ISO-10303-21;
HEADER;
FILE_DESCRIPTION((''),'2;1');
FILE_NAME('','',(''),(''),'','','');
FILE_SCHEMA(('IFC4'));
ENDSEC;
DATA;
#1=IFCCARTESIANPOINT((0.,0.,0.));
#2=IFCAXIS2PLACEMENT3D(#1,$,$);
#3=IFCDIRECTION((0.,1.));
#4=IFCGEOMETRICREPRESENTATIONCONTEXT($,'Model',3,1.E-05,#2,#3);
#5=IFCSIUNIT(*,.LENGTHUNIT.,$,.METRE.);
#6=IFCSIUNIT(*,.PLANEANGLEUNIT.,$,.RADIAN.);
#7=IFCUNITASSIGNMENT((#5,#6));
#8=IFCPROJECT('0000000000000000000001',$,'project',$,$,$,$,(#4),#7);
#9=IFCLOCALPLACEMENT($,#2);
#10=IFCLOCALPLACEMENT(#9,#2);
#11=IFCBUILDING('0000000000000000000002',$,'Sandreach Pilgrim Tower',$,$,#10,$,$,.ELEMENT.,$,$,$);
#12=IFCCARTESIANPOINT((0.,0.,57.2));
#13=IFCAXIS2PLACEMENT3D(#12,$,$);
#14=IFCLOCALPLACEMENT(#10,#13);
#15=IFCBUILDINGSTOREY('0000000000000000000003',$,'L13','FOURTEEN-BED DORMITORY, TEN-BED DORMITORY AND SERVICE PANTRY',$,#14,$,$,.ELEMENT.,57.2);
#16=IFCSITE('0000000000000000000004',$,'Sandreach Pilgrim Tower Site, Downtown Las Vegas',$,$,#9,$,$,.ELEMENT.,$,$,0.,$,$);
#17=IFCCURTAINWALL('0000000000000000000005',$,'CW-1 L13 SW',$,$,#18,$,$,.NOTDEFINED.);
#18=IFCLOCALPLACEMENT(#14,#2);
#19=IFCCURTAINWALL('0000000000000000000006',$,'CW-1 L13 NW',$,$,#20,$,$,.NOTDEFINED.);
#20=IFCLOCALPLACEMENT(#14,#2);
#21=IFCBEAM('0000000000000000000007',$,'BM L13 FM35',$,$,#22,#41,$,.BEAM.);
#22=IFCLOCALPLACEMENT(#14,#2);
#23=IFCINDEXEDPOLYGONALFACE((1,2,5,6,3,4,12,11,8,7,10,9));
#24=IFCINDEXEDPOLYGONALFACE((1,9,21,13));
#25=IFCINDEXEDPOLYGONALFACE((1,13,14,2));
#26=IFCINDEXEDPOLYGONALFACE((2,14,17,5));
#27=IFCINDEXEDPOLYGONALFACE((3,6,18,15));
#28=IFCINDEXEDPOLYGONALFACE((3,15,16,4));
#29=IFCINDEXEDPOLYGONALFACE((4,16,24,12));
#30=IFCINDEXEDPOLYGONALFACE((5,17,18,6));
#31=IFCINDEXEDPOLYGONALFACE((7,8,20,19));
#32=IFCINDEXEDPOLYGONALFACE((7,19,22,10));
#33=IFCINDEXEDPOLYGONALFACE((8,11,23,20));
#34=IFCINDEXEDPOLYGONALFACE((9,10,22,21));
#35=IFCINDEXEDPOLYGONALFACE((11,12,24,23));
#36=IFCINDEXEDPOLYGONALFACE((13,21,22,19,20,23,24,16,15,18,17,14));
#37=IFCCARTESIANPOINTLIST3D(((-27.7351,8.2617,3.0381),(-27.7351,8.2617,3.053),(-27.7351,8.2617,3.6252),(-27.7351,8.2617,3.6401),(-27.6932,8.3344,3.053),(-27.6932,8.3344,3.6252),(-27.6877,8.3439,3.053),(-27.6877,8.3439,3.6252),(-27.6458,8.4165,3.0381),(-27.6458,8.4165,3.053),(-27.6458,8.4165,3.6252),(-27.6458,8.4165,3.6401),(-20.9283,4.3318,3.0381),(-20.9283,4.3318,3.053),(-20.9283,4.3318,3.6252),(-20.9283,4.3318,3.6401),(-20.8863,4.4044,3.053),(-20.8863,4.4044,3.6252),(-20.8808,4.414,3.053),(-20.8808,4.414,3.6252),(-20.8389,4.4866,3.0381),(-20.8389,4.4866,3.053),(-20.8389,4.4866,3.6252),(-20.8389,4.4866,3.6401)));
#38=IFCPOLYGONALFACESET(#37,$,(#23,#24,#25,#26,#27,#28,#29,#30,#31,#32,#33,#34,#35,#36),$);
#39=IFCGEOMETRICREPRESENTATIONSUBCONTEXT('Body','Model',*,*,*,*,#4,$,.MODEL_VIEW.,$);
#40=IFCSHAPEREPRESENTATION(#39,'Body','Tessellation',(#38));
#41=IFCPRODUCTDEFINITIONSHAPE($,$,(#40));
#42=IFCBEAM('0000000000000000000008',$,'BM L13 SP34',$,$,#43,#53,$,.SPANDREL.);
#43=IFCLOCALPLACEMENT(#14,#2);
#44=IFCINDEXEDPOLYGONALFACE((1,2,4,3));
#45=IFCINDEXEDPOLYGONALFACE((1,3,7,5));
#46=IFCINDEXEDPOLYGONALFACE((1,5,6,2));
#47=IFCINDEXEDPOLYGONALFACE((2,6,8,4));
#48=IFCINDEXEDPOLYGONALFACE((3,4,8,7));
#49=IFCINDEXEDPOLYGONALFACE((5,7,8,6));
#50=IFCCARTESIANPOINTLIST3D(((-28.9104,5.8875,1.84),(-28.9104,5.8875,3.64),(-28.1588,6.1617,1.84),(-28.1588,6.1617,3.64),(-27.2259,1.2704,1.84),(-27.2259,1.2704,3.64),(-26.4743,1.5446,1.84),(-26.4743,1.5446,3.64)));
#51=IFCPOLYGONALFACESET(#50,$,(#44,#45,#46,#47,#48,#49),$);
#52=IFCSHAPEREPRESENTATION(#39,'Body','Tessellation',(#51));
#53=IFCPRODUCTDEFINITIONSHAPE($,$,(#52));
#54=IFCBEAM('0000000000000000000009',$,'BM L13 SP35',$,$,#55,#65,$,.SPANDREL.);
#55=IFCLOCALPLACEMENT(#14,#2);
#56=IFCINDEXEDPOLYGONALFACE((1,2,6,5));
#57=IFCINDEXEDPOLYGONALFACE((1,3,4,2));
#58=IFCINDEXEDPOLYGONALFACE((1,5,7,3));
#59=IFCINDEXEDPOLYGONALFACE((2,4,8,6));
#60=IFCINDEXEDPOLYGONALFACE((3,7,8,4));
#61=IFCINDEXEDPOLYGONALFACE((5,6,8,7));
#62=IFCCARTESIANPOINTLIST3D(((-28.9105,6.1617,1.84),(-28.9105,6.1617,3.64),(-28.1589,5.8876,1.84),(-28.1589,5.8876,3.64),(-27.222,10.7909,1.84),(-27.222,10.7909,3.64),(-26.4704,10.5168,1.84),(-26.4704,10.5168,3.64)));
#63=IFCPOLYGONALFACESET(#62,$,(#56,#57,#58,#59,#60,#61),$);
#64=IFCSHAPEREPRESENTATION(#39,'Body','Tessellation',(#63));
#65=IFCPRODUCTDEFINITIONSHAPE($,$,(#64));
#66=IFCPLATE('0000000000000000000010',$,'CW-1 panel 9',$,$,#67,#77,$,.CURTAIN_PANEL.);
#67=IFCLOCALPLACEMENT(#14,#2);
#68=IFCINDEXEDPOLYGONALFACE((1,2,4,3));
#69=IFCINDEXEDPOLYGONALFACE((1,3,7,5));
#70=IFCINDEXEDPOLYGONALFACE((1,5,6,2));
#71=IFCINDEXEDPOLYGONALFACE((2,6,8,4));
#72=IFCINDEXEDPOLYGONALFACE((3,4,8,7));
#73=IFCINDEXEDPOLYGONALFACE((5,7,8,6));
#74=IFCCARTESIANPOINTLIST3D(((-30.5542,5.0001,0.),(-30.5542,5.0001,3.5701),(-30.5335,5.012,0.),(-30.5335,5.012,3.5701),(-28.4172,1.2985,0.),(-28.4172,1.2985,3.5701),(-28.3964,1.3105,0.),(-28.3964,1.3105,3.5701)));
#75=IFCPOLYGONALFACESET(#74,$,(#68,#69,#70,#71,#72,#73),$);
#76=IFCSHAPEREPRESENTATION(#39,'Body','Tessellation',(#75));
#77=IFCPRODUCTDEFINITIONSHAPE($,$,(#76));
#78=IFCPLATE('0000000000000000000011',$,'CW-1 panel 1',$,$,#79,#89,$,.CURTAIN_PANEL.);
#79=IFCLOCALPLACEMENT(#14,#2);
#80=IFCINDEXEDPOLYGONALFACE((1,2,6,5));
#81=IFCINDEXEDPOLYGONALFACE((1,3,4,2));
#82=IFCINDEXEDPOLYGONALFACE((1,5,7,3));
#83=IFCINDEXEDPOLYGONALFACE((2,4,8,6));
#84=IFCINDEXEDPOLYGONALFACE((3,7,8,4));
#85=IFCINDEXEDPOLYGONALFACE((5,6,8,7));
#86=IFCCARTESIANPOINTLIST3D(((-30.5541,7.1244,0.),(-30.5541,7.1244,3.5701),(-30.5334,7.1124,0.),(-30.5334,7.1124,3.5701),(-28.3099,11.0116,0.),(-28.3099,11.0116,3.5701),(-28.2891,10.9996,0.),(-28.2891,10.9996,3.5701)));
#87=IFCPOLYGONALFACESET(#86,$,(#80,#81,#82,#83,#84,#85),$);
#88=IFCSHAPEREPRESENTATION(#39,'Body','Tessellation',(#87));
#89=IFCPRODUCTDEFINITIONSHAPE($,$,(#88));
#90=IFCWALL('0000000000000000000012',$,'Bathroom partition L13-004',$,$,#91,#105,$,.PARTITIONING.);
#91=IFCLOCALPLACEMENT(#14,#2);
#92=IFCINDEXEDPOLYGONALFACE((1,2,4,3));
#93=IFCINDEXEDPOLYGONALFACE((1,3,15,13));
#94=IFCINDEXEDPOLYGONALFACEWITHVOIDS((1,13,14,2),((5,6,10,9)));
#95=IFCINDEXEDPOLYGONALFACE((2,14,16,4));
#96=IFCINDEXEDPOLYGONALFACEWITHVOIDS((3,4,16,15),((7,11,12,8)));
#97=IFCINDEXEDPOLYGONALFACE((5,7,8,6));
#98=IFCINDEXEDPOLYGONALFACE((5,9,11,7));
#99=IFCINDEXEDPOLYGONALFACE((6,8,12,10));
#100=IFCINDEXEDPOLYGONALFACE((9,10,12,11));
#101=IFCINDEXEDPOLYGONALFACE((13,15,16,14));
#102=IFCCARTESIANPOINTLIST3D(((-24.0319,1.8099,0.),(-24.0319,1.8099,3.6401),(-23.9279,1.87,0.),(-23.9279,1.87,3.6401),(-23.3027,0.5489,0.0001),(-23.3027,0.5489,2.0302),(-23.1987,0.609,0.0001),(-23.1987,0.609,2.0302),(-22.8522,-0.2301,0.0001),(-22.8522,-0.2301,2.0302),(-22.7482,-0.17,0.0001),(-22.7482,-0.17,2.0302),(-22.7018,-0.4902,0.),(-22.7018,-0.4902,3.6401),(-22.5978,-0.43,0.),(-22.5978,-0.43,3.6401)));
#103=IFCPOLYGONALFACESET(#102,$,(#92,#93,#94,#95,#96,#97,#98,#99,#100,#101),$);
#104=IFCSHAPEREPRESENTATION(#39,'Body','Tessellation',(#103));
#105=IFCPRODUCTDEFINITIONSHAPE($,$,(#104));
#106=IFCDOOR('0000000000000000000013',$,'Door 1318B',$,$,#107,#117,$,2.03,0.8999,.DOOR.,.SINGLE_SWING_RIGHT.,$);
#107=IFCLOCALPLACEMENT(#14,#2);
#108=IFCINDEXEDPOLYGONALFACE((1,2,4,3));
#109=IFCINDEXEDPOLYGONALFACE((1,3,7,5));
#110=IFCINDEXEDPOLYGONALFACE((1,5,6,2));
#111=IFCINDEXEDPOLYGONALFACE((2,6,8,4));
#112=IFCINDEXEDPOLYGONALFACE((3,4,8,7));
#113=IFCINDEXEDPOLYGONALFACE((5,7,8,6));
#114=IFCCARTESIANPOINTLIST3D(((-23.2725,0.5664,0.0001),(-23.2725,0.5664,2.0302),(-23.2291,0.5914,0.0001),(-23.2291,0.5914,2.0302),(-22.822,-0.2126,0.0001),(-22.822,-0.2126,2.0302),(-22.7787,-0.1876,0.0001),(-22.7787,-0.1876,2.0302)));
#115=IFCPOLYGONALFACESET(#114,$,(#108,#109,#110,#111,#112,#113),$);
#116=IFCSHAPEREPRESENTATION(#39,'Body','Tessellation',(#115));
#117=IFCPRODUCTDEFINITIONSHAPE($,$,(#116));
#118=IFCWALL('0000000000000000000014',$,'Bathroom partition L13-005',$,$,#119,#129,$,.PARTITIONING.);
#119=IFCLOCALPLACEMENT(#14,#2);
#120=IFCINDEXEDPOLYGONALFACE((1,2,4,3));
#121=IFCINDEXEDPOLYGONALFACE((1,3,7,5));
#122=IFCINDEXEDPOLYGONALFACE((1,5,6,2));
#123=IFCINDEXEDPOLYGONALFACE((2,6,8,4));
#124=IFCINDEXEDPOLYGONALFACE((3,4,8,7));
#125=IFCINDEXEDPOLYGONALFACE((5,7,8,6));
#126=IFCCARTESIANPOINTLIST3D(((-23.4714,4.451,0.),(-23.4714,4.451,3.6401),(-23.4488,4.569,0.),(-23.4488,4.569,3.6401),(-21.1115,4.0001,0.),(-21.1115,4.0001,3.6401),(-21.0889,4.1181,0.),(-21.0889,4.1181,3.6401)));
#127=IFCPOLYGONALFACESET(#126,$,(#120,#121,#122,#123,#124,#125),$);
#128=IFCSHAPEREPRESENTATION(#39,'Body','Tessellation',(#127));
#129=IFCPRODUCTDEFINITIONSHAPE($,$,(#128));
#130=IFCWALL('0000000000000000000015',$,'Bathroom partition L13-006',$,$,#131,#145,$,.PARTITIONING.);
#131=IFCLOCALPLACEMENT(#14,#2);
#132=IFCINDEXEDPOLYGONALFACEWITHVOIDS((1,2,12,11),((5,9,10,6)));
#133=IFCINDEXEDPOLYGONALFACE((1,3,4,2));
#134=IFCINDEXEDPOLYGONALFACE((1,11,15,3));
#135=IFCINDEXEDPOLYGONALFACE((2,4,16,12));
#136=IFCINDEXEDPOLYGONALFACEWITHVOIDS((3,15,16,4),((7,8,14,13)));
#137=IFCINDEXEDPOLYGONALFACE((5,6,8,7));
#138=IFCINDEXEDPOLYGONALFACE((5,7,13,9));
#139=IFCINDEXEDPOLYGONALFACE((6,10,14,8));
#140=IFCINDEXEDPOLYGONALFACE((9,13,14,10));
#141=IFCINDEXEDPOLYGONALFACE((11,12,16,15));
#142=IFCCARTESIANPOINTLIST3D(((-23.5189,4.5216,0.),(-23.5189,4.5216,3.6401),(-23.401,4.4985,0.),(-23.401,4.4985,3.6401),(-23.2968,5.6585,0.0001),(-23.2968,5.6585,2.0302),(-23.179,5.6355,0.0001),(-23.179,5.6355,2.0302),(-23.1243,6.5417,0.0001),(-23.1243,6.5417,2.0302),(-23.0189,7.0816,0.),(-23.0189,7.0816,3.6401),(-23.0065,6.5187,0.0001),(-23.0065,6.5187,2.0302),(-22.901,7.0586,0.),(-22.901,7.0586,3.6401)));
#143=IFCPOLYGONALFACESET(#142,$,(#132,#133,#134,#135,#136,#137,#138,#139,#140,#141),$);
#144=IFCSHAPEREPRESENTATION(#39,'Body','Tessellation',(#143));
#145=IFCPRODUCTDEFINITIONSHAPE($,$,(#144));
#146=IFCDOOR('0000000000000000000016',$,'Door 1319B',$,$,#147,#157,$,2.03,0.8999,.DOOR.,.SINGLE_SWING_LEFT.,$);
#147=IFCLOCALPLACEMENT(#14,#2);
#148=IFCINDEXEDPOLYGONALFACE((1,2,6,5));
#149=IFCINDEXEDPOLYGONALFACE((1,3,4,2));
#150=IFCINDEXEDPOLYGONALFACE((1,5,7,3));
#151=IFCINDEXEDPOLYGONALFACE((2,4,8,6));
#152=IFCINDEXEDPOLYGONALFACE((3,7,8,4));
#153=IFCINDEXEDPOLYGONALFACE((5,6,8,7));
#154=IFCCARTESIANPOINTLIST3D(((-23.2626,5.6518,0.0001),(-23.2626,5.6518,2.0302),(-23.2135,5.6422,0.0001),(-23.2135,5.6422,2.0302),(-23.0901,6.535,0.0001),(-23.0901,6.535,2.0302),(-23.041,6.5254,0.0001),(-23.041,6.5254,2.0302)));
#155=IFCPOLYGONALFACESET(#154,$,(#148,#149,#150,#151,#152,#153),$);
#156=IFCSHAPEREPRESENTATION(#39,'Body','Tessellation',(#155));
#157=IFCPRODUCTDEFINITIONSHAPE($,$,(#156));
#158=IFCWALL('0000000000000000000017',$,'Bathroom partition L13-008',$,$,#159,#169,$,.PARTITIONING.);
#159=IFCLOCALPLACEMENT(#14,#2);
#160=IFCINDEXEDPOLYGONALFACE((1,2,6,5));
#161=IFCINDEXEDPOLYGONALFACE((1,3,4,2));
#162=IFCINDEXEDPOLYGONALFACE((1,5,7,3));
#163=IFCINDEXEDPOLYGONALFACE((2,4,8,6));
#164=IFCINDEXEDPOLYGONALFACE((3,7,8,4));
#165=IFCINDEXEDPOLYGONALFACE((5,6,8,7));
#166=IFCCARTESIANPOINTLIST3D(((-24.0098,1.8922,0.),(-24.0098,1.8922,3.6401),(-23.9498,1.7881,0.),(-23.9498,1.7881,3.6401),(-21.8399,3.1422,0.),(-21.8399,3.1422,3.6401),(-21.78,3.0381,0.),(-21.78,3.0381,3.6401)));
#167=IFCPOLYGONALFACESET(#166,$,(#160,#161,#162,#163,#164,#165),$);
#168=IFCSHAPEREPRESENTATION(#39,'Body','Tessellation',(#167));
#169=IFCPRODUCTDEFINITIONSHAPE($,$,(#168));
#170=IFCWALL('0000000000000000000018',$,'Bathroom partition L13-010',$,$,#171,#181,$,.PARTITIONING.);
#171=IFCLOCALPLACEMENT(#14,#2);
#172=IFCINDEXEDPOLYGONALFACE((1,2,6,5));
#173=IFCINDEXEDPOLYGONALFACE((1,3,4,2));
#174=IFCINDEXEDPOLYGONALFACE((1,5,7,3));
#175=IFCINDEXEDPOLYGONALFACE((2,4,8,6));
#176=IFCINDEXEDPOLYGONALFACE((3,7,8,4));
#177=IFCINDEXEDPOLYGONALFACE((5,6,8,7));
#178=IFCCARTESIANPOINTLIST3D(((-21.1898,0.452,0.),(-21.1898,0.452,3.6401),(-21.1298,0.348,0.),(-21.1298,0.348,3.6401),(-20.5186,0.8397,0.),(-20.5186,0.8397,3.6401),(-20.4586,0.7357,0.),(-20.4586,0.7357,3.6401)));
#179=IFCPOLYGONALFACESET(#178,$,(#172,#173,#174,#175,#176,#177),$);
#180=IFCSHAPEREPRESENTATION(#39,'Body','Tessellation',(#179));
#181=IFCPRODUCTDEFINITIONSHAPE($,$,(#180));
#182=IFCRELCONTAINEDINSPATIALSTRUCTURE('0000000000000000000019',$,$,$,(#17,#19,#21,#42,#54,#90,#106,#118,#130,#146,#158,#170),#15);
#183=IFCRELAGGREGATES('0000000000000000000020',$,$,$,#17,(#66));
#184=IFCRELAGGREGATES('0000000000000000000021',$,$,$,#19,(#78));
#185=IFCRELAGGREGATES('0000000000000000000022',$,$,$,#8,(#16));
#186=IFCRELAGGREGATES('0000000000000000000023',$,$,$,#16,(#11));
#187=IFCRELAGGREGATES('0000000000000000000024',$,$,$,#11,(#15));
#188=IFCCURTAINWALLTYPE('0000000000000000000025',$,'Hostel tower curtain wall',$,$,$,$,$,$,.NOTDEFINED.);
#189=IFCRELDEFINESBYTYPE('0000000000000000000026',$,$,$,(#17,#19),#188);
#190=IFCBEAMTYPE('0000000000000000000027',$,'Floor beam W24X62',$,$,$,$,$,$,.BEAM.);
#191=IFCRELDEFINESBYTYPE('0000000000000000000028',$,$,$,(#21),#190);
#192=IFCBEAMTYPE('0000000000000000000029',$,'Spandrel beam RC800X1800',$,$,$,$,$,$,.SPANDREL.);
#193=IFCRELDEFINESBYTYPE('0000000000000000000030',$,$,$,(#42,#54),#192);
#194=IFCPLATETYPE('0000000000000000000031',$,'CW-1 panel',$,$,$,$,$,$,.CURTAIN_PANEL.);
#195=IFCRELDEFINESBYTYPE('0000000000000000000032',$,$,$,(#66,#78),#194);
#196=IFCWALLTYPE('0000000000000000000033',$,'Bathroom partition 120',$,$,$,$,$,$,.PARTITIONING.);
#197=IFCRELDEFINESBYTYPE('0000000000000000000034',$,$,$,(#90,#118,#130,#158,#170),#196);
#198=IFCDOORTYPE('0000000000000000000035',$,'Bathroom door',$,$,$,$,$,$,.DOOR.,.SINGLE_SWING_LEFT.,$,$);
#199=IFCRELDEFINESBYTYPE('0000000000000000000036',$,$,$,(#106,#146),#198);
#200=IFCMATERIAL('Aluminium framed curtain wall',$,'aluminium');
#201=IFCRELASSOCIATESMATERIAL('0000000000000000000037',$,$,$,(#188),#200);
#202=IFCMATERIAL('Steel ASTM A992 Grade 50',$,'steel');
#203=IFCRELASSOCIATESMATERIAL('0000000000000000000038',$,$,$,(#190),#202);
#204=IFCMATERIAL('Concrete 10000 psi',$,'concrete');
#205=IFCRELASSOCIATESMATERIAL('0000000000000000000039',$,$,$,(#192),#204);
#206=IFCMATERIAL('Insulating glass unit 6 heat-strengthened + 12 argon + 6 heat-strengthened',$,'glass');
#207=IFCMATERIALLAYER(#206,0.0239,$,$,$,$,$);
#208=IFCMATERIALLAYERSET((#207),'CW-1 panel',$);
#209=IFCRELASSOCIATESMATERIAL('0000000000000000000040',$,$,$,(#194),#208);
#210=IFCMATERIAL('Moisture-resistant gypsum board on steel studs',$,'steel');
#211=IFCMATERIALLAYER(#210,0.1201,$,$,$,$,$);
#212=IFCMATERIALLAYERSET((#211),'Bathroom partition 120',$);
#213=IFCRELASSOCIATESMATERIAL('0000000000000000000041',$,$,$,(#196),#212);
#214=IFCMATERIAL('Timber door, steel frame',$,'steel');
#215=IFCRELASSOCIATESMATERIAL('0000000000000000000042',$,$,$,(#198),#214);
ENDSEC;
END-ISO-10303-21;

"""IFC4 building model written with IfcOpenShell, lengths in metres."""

from ifc_helpers import new_model, si_unit, direction, frame, frame_2d, origin, origin_2d, place, context, subcontext, project, spatial, rectangle, i_section, extrude, material, layer, layer_set, material_profile, profile_set, type_object, element, fill, aggregate, save


model = new_model("IFC4")

# Units and contexts
model_context = context("Model", 3, precision=1e-05, world=origin(), true_north=direction((0.0, 1.0)))
body_context = subcontext(model_context, "Body", "Model", "MODEL_VIEW")
ifc_project = project(units=[si_unit("LENGTHUNIT", "METRE"), si_unit("PLANEANGLEUNIT", "RADIAN")], contexts=[model_context])

# Site, building, storey
site_placement = place(None, origin())
site = spatial("IfcSite", under=ifc_project, at=site_placement, Name="Sandreach Pilgrim Tower Site, Downtown Las Vegas", CompositionType="ELEMENT", RefElevation=0.0)
building_placement = place(site_placement, origin())
building = spatial("IfcBuilding", under=site, at=building_placement, Name="Sandreach Pilgrim Tower", CompositionType="ELEMENT")
storey_placement = place(building_placement, frame((0.0, 0.0, 57.2)))
storey = spatial("IfcBuildingStorey", under=building, at=storey_placement, Name="L13", Description="FOURTEEN-BED DORMITORY, TEN-BED DORMITORY AND SERVICE PANTRY", CompositionType="ELEMENT", Elevation=57.2)

# Curtain wall
ifc_material_1 = material(Name="Aluminium framed curtain wall", Category="aluminium")
curtain_wall_type = type_object("IfcCurtainWallType", Name="Hostel tower curtain wall", PredefinedType="NOTDEFINED", material=ifc_material_1)
curtain_wall_1_placement = place(storey_placement, origin())
curtain_wall_1 = element("IfcCurtainWall", 1, at=curtain_wall_1_placement, inside=storey, type_object=curtain_wall_type, Name="CW-1 L13 SW", PredefinedType="NOTDEFINED")

# Curtain wall
curtain_wall_2_placement = place(storey_placement, origin())
curtain_wall_2 = element("IfcCurtainWall", 2, at=curtain_wall_2_placement, inside=storey, type_object=curtain_wall_type, Name="CW-1 L13 NW", PredefinedType="NOTDEFINED")

# Beams
ifc_material_2 = material(Name="Steel ASTM A992 Grade 50", Category="steel")
ifc_material_profile_1 = material_profile(ifc_material_2, i_section(OverallWidth=0.1787, OverallDepth=0.6021, WebThickness=0.011, FlangeThickness=0.0149, at=origin_2d()), Name="W24X62")
ifc_profile_set_1 = profile_set([ifc_material_profile_1], Name="Steel ASTM A992 Grade 50")
beam_type_1 = type_object("IfcBeamType", Name="Floor beam W24X62", PredefinedType="BEAM", material=ifc_profile_set_1)
beam_1_placement = place(storey_placement, frame((-27.6904, 8.3391, 3.3391), z_axis=(0.866027, -0.499998, 0.0), x_axis=(0.499998, 0.866027, 0.0)))
element("IfcBeam", 3, at=beam_1_placement, inside=storey, type_object=beam_type_1, Name="BM L13 FM35", PredefinedType="BEAM", context=body_context, shape_type="SweptSolid", body=[
    extrude(i_section(OverallWidth=0.1787, OverallDepth=0.6021, WebThickness=0.011, FlangeThickness=0.0149, at=origin_2d()), origin(), (0.0, 0.0, 1.0), 7.8599),
])
ifc_material_3 = material(Name="Concrete 10000 psi", Category="concrete")
ifc_material_profile_2 = material_profile(ifc_material_3, rectangle(XDim=0.8, YDim=1.8, at=origin_2d()), Name="RC800X1800")
ifc_profile_set_2 = profile_set([ifc_material_profile_2], Name="Concrete 10000 psi")
beam_type_2 = type_object("IfcBeamType", Name="Spandrel beam RC800X1800", PredefinedType="SPANDREL", material=ifc_profile_set_2)
beam_2_placement = place(storey_placement, frame((-26.8501, 1.4075, 2.74), z_axis=(-0.342748, 0.939427, 0.0), x_axis=(-0.939427, -0.342748, 0.0)))
element("IfcBeam", 4, at=beam_2_placement, inside=storey, type_object=beam_type_2, Name="BM L13 SP34", PredefinedType="SPANDREL", context=body_context, shape_type="SweptSolid", body=[
    extrude(rectangle(XDim=0.8, YDim=1.8, at=origin_2d()), origin(), (0.0, 0.0, 1.0), 4.9148),
])
beam_3_placement = place(storey_placement, frame((-28.5347, 6.0247, 2.74), z_axis=(0.342666, 0.939457, 0.0), x_axis=(-0.939457, 0.342666, 0.0)))
element("IfcBeam", 5, at=beam_3_placement, inside=storey, type_object=beam_type_2, Name="BM L13 SP35", PredefinedType="SPANDREL", context=body_context, shape_type="SweptSolid", body=[
    extrude(rectangle(XDim=0.8, YDim=1.8, at=origin_2d()), origin(), (0.0, 0.0, 1.0), 4.9275),
])

# Plates
ifc_material_4 = material(Name="Insulating glass unit 6 heat-strengthened + 12 argon + 6 heat-strengthened", Category="glass")
ifc_layer_1 = layer(ifc_material_4, 0.0239)
ifc_layer_set_1 = layer_set([ifc_layer_1], Name="CW-1 panel")
plate_type = type_object("IfcPlateType", Name="CW-1 panel", PredefinedType="CURTAIN_PANEL", material=ifc_layer_set_1)
plate_1_placement = place(storey_placement, frame((-29.4753, 3.1553, 0.0), z_axis=(0.0, 0.0, 1.0), x_axis=(-0.5, 0.866025, 0.0)))
plate_1 = element("IfcPlate", 6, at=plate_1_placement, type_object=plate_type, Name="CW-1 panel 9", PredefinedType="CURTAIN_PANEL", context=body_context, shape_type="SweptSolid", body=[
    extrude(rectangle(XDim=4.2742, YDim=0.0239, at=origin_2d()), origin(), (0.0, 0.0, 1.0), 3.5701),
])
aggregate(curtain_wall_1, [plate_1])
plate_2_placement = place(storey_placement, frame((-29.4216, 9.062, 0.0), z_axis=(0.0, 0.0, 1.0), x_axis=(0.5, 0.866025, 0.0)))
plate_2 = element("IfcPlate", 7, at=plate_2_placement, type_object=plate_type, Name="CW-1 panel 1", PredefinedType="CURTAIN_PANEL", context=body_context, shape_type="SweptSolid", body=[
    extrude(rectangle(XDim=4.4885, YDim=0.0239, at=origin_2d()), origin(), (0.0, 0.0, 1.0), 3.5701),
])
aggregate(curtain_wall_2, [plate_2])

# Wall, opening, door
ifc_material_5 = material(Name="Moisture-resistant gypsum board on steel studs", Category="steel")
ifc_layer_2 = layer(ifc_material_5, 0.1201)
ifc_layer_set_2 = layer_set([ifc_layer_2], Name="Bathroom partition 120")
wall_type_1 = type_object("IfcWallType", Name="Bathroom partition 120", PredefinedType="PARTITIONING", material=ifc_layer_set_2)
wall_1_placement = place(storey_placement, frame((-23.98, 1.8401, 0.0), z_axis=(0.0, 0.0, 1.0), x_axis=(0.500605, -0.865676, 0.0)))
wall_1 = element("IfcWall", 8, at=wall_1_placement, inside=storey, type_object=wall_type_1, Name="Bathroom partition L13-004", PredefinedType="PARTITIONING", context=body_context, shape_type="SweptSolid", body=[
    extrude(rectangle(XDim=2.657, YDim=0.1201, at=frame_2d((1.3286, 0.0))), origin(), (0.0, 0.0, 1.0), 3.6401),
])
opening_1_placement = place(wall_1_placement, frame((1.4568, 0.0, 0.0)))
opening_1 = element("IfcOpeningElement", 9, at=opening_1_placement, cuts=wall_1, PredefinedType="OPENING", context=body_context, shape_type="SweptSolid", body=[
    extrude(rectangle(XDim=0.8999, YDim=2.03, at=frame_2d((0.45, 1.0151))), frame((0.0, 0.0601, 0.0), z_axis=(0.0, -1.0, 0.0), x_axis=(1.0, 0.0, 0.0)), (0.0, 0.0, 1.0), 0.1201),
])
ifc_material_6 = material(Name="Timber door, steel frame", Category="steel")
door_type_1 = type_object("IfcDoorType", Name="Bathroom door", OperationType="SINGLE_SWING_LEFT", PredefinedType="DOOR", material=ifc_material_6)
door_1_placement = place(opening_1_placement, origin())
door_1 = element("IfcDoor", 10, at=door_1_placement, inside=storey, type_object=door_type_1, Name="Door 1318B", OperationType="SINGLE_SWING_RIGHT", OverallHeight=2.03, OverallWidth=0.8999, PredefinedType="DOOR", context=body_context, shape_type="SweptSolid", body=[
    extrude(rectangle(XDim=0.8999, YDim=2.03, at=frame_2d((0.45, 1.0151))), frame((0.0, 0.0249, 0.0), z_axis=(0.0, -1.0, 0.0), x_axis=(1.0, 0.0, 0.0)), (0.0, 0.0, 1.0), 0.05),
])
fill(opening_1, door_1)

# Wall
wall_2_placement = place(storey_placement, frame((-23.46, 4.51, 0.0), z_axis=(0.0, 0.0, 1.0), x_axis=(0.982229, -0.187686, 0.0)))
element("IfcWall", 11, at=wall_2_placement, inside=storey, type_object=wall_type_1, Name="Bathroom partition L13-005", PredefinedType="PARTITIONING", context=body_context, shape_type="SweptSolid", body=[
    extrude(rectangle(XDim=2.4026, YDim=0.1201, at=frame_2d((1.2012, 0.0))), origin(), (0.0, 0.0, 1.0), 3.6401),
])

# Wall, opening, door
wall_3_placement = place(storey_placement, frame((-22.96, 7.0701, 0.0), z_axis=(0.0, 0.0, 1.0), x_axis=(-0.191686, -0.981456, 0.0)))
wall_3 = element("IfcWall", 12, at=wall_3_placement, inside=storey, type_object=wall_type_1, Name="Bathroom partition L13-006", PredefinedType="PARTITIONING", context=body_context, shape_type="SweptSolid", body=[
    extrude(rectangle(XDim=2.6084, YDim=0.1201, at=frame_2d((1.3042, 0.0))), origin(), (0.0, 0.0, 1.0), 3.6401),
])
opening_2_placement = place(wall_3_placement, frame((0.55, 0.0, 0.0)))
opening_2 = element("IfcOpeningElement", 13, at=opening_2_placement, cuts=wall_3, PredefinedType="OPENING", context=body_context, shape_type="SweptSolid", body=[
    extrude(rectangle(XDim=0.8999, YDim=2.03, at=frame_2d((0.45, 1.0151))), frame((0.0, 0.0601, 0.0), z_axis=(0.0, -1.0, 0.0), x_axis=(1.0, 0.0, 0.0)), (0.0, 0.0, 1.0), 0.1201),
])
door_2_placement = place(opening_2_placement, origin())
door_2 = element("IfcDoor", 14, at=door_2_placement, inside=storey, type_object=door_type_1, Name="Door 1319B", OperationType="SINGLE_SWING_LEFT", OverallHeight=2.03, OverallWidth=0.8999, PredefinedType="DOOR", context=body_context, shape_type="SweptSolid", body=[
    extrude(rectangle(XDim=0.8999, YDim=2.03, at=frame_2d((0.45, 1.0151))), frame((0.0, 0.0249, 0.0), z_axis=(0.0, -1.0, 0.0), x_axis=(1.0, 0.0, 0.0)), (0.0, 0.0, 1.0), 0.05),
])
fill(opening_2, door_2)

# Walls
wall_4_placement = place(storey_placement, frame((-21.8101, 3.0901, 0.0), z_axis=(0.0, 0.0, 1.0), x_axis=(-0.86651, -0.49916, 0.0)))
element("IfcWall", 15, at=wall_4_placement, inside=storey, type_object=wall_type_1, Name="Bathroom partition L13-008", PredefinedType="PARTITIONING", context=body_context, shape_type="SweptSolid", body=[
    extrude(rectangle(XDim=2.5042, YDim=0.1201, at=frame_2d((1.252, 0.0))), origin(), (0.0, 0.0, 1.0), 3.6401),
])
wall_5_placement = place(storey_placement, frame((-21.1599, 0.3999, 0.0), z_axis=(0.0, 0.0, 1.0), x_axis=(0.865908, 0.500204, 0.0)))
element("IfcWall", 16, at=wall_5_placement, inside=storey, type_object=wall_type_1, Name="Bathroom partition L13-010", PredefinedType="PARTITIONING", context=body_context, shape_type="SweptSolid", body=[
    extrude(rectangle(XDim=0.7751, YDim=0.1201, at=frame_2d((0.3877, 0.0))), origin(), (0.0, 0.0, 1.0), 3.6401),
])

save(model, "model.ifc")
